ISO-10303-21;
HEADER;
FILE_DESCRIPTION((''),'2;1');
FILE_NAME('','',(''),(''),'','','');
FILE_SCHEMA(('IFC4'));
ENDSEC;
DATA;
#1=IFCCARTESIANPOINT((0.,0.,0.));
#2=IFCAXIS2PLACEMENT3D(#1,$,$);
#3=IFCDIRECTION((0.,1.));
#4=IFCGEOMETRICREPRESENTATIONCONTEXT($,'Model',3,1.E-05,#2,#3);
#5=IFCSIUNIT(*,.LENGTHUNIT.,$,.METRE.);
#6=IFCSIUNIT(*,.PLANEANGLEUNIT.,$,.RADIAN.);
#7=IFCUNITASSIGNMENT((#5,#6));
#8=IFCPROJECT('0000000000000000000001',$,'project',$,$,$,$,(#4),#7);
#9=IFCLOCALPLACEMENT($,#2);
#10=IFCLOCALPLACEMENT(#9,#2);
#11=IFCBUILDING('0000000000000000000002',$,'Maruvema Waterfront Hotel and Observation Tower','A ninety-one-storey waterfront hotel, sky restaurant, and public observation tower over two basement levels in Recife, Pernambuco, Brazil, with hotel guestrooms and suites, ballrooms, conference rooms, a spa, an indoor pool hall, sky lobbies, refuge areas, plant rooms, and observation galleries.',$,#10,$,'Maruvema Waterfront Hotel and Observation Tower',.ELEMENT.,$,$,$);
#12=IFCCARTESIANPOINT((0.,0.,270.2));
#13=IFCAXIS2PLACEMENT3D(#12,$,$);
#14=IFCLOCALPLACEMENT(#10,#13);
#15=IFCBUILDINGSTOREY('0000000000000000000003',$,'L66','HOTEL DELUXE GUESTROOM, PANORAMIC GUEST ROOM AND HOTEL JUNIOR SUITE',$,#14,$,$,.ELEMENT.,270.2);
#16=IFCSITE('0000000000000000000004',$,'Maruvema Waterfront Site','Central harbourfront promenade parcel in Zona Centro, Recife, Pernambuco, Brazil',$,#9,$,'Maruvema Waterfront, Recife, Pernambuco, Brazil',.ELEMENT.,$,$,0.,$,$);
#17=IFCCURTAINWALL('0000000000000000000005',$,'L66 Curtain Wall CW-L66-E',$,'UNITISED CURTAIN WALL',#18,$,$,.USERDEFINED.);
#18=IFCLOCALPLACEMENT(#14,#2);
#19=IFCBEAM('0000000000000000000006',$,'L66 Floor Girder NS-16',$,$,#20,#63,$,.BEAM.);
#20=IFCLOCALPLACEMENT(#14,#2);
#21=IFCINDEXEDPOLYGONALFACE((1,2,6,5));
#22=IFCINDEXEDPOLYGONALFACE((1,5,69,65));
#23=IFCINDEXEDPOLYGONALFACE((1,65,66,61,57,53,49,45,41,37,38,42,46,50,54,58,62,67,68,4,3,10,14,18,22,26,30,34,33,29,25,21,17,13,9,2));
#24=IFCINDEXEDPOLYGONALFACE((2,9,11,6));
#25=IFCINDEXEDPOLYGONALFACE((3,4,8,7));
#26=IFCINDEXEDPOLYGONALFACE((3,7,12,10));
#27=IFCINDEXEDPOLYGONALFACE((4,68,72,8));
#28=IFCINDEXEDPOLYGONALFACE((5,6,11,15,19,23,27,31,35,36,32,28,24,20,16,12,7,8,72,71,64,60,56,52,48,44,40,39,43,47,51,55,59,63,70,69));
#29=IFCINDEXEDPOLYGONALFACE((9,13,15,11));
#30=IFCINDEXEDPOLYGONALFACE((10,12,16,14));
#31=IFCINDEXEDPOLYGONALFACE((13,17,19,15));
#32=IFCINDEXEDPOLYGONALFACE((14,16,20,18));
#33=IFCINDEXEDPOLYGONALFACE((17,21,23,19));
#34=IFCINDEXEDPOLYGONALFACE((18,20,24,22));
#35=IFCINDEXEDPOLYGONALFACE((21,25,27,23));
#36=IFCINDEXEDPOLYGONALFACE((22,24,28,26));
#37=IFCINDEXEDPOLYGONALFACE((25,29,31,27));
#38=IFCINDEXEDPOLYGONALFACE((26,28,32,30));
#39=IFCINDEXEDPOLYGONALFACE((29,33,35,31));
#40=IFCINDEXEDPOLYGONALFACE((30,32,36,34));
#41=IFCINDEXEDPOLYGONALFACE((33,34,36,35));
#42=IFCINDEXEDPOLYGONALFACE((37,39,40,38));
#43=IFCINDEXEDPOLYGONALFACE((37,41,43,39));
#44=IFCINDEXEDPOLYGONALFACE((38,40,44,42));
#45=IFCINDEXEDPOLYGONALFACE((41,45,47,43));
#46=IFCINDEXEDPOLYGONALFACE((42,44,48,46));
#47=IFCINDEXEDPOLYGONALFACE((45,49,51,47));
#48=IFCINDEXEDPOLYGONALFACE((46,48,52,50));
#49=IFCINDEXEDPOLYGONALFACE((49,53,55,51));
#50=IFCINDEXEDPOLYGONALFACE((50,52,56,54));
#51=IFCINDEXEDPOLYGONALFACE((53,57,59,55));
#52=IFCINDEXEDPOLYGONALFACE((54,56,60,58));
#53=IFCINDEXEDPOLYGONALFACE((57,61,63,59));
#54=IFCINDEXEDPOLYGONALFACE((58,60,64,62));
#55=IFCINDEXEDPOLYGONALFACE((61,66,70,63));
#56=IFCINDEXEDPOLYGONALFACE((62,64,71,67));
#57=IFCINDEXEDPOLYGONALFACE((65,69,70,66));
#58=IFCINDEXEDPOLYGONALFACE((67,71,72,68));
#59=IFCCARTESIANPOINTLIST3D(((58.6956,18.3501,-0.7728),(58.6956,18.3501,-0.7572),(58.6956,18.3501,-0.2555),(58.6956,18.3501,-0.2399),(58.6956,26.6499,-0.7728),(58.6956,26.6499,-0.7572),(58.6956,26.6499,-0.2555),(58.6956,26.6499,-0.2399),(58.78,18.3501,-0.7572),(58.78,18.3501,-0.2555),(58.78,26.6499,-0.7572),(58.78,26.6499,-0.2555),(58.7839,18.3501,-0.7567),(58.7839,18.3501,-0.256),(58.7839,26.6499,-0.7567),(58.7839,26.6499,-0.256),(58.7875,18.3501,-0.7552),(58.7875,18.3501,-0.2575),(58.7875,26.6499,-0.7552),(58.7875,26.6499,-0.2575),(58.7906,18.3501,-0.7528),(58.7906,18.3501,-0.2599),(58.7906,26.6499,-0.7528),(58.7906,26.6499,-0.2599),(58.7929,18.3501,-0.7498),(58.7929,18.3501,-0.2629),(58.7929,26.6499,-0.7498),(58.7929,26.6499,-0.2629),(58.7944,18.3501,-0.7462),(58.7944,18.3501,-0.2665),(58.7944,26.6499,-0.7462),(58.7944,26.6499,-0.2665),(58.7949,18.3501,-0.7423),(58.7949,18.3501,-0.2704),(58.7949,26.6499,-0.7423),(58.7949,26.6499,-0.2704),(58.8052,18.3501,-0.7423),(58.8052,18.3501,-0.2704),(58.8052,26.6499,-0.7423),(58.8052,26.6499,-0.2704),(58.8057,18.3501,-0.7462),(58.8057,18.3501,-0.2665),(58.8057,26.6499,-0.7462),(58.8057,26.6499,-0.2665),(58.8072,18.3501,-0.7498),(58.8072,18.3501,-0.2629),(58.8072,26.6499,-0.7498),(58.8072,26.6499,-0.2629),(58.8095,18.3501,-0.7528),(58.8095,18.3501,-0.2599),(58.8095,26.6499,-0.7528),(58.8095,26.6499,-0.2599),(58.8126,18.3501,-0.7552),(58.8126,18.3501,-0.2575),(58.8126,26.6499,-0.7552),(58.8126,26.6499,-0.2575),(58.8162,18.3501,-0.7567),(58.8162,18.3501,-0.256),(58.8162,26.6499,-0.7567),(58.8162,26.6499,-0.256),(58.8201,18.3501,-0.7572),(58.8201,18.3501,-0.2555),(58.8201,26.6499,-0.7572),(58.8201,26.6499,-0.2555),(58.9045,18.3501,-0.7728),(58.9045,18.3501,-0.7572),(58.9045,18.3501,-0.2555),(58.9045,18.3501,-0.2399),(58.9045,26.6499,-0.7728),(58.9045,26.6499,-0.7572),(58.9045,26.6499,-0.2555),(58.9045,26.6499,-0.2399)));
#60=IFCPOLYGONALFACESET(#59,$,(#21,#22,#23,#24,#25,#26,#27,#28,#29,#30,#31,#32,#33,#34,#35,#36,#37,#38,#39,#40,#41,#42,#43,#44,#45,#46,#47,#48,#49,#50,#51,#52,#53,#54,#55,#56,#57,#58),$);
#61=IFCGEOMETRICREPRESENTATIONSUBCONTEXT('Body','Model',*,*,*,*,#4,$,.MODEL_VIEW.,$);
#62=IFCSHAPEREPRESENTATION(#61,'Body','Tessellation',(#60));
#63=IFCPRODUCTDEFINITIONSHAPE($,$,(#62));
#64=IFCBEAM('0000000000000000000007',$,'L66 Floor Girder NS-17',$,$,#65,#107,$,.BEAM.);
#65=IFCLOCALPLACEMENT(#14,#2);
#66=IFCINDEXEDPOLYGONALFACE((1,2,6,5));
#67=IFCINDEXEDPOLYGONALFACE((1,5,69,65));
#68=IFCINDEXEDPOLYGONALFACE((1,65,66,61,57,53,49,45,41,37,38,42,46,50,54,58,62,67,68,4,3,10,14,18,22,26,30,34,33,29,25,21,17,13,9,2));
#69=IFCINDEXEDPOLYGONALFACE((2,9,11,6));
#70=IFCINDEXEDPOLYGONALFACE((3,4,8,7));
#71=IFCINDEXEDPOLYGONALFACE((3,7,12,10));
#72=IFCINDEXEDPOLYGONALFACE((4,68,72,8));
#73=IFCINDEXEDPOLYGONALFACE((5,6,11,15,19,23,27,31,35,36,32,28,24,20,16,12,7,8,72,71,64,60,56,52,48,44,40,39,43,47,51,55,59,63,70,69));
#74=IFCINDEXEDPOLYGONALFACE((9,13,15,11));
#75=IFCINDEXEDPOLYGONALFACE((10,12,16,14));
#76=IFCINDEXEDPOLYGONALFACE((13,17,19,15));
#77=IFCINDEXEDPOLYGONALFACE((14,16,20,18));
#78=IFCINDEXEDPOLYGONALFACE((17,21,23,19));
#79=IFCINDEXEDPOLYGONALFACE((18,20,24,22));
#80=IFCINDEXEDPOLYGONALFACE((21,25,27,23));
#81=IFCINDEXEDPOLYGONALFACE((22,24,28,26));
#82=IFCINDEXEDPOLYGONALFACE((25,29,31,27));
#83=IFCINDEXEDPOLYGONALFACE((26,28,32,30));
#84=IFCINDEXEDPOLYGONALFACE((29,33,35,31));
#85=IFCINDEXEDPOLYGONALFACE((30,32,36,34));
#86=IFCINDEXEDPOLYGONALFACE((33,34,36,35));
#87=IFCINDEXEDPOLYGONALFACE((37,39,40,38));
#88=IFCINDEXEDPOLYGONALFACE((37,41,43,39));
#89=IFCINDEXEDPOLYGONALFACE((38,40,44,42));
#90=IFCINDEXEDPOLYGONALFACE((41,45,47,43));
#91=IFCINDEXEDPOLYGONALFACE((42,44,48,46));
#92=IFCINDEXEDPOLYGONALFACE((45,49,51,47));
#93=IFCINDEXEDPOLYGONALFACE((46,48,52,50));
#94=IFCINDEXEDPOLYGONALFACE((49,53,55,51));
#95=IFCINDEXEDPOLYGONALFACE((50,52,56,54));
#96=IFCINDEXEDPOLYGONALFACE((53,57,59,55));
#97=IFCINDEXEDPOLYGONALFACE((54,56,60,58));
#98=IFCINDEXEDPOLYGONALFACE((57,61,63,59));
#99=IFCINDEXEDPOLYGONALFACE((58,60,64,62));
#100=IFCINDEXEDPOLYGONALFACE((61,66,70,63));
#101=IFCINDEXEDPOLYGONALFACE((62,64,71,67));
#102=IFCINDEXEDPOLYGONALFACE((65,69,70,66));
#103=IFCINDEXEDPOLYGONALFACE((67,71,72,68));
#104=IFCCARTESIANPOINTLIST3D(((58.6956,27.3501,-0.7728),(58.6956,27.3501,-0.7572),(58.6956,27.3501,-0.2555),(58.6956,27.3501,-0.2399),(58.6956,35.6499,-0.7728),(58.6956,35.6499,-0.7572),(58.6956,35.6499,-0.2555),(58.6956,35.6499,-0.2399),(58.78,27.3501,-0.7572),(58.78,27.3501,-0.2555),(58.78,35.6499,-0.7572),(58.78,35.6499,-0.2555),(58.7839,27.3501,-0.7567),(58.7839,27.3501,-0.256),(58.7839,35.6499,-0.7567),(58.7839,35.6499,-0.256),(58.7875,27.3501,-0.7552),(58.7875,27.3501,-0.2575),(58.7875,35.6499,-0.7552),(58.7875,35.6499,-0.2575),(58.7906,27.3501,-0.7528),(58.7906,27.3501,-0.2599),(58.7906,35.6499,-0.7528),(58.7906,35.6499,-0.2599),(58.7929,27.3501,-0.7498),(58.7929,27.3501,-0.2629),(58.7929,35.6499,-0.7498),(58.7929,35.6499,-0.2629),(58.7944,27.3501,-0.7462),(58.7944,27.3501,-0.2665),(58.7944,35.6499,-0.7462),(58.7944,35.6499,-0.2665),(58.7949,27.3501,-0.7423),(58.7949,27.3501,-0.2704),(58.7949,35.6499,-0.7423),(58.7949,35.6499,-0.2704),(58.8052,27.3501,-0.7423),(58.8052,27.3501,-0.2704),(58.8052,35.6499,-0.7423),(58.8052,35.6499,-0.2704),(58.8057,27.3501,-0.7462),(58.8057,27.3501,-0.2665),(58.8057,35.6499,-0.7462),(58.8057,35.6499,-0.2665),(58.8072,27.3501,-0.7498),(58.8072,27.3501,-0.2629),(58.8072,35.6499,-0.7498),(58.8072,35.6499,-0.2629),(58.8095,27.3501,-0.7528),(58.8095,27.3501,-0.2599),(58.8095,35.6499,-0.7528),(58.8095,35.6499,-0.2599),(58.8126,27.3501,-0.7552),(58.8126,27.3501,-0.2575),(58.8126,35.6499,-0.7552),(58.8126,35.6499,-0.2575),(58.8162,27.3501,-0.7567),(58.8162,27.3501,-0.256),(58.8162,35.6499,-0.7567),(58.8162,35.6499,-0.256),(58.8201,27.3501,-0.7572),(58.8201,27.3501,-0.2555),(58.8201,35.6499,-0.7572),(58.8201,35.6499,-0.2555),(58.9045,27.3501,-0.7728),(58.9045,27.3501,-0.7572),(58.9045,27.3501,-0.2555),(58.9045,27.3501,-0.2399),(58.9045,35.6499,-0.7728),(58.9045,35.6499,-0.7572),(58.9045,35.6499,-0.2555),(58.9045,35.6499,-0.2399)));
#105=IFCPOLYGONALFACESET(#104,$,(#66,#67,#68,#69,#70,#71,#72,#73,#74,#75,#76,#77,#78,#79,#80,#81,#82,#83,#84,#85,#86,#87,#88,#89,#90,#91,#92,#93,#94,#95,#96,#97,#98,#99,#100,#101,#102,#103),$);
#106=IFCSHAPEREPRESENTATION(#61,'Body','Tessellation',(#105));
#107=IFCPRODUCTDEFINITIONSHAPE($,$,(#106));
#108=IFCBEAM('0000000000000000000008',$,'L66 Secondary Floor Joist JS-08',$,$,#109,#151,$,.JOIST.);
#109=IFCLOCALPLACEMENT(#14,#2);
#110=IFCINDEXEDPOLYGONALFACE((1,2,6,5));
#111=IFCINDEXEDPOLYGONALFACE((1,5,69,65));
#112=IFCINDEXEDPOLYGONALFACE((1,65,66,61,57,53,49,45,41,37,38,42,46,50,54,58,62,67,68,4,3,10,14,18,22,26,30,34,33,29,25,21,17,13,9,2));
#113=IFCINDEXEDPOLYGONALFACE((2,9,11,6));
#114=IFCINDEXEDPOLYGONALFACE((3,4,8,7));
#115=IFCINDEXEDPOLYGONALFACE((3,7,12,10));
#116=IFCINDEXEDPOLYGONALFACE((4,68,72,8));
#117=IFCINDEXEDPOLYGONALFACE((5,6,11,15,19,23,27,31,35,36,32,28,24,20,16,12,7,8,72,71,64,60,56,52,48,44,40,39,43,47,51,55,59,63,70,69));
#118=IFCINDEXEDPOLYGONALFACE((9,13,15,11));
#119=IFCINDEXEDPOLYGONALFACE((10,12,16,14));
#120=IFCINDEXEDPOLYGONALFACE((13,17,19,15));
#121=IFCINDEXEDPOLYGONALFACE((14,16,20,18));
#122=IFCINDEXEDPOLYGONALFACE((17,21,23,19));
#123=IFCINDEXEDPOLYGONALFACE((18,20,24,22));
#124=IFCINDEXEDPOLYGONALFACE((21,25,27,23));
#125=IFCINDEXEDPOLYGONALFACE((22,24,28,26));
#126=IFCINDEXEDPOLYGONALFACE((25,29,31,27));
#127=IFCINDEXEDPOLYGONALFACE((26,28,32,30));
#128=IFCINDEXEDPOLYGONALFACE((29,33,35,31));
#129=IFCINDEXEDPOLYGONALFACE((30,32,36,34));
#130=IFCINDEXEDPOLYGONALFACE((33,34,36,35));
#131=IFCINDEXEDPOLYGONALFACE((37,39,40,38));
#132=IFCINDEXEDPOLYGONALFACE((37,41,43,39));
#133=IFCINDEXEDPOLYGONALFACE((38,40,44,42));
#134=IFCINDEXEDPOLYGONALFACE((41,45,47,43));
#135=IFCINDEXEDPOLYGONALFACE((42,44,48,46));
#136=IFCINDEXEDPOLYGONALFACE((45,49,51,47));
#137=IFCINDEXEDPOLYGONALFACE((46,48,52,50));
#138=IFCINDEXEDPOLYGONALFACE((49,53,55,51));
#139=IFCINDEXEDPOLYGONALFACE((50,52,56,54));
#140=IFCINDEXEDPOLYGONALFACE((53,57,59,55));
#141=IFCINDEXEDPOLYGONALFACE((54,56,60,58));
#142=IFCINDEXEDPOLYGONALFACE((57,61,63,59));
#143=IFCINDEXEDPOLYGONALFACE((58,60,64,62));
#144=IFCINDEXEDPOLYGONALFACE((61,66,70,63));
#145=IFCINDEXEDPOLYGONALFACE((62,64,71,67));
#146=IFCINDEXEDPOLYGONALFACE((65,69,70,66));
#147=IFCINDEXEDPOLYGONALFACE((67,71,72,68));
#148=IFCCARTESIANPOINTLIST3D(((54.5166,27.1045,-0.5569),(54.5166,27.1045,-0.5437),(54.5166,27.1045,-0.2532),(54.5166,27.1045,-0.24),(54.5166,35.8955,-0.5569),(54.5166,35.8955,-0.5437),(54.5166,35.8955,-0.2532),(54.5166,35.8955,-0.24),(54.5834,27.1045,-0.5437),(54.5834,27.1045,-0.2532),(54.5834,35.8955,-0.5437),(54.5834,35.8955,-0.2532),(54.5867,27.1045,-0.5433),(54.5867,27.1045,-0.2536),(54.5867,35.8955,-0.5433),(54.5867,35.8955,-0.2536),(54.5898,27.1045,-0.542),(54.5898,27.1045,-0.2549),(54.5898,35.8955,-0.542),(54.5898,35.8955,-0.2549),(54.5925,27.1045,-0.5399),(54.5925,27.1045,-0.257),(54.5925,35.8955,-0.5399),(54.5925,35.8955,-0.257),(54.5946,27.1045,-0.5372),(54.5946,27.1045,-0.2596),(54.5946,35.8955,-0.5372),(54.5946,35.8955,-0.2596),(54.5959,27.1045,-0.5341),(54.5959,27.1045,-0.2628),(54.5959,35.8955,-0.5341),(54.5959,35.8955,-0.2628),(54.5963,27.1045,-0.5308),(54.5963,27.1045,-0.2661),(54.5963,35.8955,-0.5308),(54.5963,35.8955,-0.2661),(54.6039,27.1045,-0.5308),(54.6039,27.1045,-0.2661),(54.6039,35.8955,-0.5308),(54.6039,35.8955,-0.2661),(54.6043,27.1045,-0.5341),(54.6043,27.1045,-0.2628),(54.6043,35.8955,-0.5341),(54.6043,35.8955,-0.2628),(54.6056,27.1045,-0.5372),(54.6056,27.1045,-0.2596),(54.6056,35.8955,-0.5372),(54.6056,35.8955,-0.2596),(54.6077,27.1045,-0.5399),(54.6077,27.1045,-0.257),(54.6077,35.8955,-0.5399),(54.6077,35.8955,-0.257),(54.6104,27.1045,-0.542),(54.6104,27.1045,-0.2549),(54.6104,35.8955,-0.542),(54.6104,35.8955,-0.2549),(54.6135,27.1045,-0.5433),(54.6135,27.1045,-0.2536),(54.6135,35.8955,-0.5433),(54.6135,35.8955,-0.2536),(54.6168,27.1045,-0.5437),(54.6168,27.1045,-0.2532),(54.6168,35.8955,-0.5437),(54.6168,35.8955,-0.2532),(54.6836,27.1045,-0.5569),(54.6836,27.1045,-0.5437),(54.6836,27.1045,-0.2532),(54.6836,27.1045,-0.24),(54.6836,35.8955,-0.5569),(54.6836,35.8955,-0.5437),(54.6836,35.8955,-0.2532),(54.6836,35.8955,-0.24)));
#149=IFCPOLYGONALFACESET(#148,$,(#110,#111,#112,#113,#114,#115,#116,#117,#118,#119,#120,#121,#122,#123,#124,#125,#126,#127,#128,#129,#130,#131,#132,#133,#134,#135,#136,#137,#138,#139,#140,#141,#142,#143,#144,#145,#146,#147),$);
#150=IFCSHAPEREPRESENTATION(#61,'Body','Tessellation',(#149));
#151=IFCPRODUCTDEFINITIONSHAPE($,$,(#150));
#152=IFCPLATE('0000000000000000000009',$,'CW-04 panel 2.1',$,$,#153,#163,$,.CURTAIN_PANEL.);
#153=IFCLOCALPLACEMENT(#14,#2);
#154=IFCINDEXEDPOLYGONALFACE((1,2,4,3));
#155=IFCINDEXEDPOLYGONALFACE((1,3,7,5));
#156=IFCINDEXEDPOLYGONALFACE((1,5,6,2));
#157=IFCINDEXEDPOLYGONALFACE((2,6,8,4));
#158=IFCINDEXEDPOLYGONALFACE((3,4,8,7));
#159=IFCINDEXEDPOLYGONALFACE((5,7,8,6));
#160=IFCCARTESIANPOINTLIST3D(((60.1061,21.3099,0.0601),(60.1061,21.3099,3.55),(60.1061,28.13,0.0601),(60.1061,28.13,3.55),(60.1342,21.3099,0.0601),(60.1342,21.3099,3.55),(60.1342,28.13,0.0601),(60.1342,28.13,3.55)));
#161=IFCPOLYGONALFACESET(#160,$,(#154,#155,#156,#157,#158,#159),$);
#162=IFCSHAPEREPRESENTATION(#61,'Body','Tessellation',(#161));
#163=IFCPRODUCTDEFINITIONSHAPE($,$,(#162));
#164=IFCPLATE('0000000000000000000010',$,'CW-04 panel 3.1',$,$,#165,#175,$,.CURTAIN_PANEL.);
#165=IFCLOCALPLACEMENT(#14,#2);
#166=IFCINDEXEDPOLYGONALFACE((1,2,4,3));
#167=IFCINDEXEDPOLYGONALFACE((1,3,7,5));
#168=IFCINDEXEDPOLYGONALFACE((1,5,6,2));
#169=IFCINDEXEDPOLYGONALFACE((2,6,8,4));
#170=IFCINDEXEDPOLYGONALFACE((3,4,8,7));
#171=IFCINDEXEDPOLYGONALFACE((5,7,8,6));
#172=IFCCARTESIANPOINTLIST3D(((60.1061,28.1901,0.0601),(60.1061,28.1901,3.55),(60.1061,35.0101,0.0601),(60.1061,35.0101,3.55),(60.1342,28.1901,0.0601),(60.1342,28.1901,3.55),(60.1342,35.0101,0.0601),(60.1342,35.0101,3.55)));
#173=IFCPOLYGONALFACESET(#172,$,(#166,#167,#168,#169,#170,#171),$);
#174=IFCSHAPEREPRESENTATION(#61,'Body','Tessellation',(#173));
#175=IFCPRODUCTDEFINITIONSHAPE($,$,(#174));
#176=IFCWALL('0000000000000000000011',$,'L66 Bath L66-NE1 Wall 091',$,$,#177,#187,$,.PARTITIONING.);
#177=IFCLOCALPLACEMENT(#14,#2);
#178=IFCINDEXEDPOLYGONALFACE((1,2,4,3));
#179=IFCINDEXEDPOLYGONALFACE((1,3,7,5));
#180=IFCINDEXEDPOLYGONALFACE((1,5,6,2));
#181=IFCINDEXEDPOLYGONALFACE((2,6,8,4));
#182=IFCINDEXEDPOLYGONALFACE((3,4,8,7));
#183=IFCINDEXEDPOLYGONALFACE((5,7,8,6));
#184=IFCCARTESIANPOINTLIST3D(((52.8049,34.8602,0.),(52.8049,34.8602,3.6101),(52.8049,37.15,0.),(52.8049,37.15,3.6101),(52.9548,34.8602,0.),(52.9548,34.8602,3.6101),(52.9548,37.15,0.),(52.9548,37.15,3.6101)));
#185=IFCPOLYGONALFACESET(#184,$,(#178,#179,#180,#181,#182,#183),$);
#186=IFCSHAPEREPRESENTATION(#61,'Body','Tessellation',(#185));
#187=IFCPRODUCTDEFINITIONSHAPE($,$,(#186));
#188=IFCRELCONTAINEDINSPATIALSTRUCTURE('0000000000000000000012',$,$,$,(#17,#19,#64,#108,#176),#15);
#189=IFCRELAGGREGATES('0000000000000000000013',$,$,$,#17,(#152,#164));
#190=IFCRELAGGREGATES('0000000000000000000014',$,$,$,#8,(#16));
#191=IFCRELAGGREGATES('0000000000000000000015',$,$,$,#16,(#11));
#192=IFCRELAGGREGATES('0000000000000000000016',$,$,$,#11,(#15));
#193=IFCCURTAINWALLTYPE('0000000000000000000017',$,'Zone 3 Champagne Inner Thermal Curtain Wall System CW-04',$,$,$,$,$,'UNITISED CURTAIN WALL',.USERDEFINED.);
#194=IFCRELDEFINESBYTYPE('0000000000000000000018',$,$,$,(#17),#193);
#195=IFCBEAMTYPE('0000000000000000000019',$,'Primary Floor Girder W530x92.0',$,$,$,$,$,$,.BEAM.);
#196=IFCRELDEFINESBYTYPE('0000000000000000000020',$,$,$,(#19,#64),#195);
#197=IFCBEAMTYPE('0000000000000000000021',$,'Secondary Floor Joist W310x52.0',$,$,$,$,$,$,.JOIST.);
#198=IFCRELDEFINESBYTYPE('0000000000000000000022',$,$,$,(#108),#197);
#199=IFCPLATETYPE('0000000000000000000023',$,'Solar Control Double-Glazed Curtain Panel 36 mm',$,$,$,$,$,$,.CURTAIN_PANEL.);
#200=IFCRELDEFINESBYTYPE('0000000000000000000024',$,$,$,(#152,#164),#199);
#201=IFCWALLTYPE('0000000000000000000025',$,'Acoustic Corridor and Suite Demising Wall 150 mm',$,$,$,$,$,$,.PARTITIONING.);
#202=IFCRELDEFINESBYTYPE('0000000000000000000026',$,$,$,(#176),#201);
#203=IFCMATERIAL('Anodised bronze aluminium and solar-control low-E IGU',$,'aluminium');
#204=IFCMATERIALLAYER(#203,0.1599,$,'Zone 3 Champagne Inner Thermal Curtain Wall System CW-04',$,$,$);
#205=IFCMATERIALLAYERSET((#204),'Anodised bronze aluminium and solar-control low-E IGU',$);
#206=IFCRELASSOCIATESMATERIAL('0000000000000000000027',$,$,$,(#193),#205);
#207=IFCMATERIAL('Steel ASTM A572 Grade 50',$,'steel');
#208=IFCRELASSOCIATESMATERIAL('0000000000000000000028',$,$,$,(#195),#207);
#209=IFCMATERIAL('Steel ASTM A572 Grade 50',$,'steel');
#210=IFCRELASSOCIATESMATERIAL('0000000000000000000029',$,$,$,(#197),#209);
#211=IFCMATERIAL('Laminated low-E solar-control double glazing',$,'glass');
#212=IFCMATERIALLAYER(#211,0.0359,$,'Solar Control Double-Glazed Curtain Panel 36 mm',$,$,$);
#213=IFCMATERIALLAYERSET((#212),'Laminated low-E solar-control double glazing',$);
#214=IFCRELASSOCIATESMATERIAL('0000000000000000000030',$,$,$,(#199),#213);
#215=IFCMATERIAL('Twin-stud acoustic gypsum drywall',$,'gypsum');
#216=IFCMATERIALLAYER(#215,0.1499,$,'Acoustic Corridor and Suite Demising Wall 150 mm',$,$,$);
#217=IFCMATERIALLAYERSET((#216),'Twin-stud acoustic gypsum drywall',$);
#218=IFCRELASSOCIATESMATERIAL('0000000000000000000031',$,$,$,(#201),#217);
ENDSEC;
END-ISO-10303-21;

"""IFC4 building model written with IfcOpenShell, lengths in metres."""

from ifc_helpers import new_model, si_unit, direction, frame, frame_2d, origin, origin_2d, place, context, subcontext, project, spatial, rectangle, i_section, extrude, material, layer, layer_set, material_profile, profile_set, type_object, element, aggregate, save


model = new_model("IFC4")

# Units and contexts
model_context = context("Model", 3, precision=1e-05, world=origin(), true_north=direction((0.0, 1.0)))
body_context = subcontext(model_context, "Body", "Model", "MODEL_VIEW")
ifc_project = project(units=[si_unit("LENGTHUNIT", "METRE"), si_unit("PLANEANGLEUNIT", "RADIAN")], contexts=[model_context])

# Site, building, storey
site_placement = place(None, origin())
site = spatial("IfcSite", under=ifc_project, at=site_placement, Name="Maruvema Waterfront Site", Description="Central harbourfront promenade parcel in Zona Centro, Recife, Pernambuco, Brazil", LongName="Maruvema Waterfront, Recife, Pernambuco, Brazil", CompositionType="ELEMENT", RefElevation=0.0)
building_placement = place(site_placement, origin())
building = spatial("IfcBuilding", under=site, at=building_placement, Name="Maruvema Waterfront Hotel and Observation Tower", Description="A ninety-one-storey waterfront hotel, sky restaurant, and public observation tower over two basement levels in Recife, Pernambuco, Brazil, with hotel guestrooms and suites, ballrooms, conference rooms, a spa, an indoor pool hall, sky lobbies, refuge areas, plant rooms, and observation galleries.", LongName="Maruvema Waterfront Hotel and Observation Tower", CompositionType="ELEMENT")
storey_placement = place(building_placement, frame((0.0, 0.0, 270.2)))
storey = spatial("IfcBuildingStorey", under=building, at=storey_placement, Name="L66", Description="HOTEL DELUXE GUESTROOM, PANORAMIC GUEST ROOM AND HOTEL JUNIOR SUITE", CompositionType="ELEMENT", Elevation=270.2)

# Curtain wall
ifc_material_1 = material(Name="Anodised bronze aluminium and solar-control low-E IGU", Category="aluminium")
ifc_layer_1 = layer(ifc_material_1, 0.1599, Name="Zone 3 Champagne Inner Thermal Curtain Wall System CW-04")
ifc_layer_set_1 = layer_set([ifc_layer_1], Name="Anodised bronze aluminium and solar-control low-E IGU")
curtain_wall_type = type_object("IfcCurtainWallType", Name="Zone 3 Champagne Inner Thermal Curtain Wall System CW-04", ElementType="UNITISED CURTAIN WALL", PredefinedType="USERDEFINED", material=ifc_layer_set_1)
curtain_wall_placement = place(storey_placement, origin())
curtain_wall = element("IfcCurtainWall", 1, at=curtain_wall_placement, inside=storey, type_object=curtain_wall_type, Name="L66 Curtain Wall CW-L66-E", ObjectType="UNITISED CURTAIN WALL", PredefinedType="USERDEFINED")

# Beams
ifc_material_2 = material(Name="Steel ASTM A572 Grade 50", Category="steel")
ifc_material_profile_1 = material_profile(ifc_material_2, i_section(OverallWidth=0.209, OverallDepth=0.533, WebThickness=0.0103, FlangeThickness=0.0156, FilletRadius=0.0149, at=origin_2d()), Name="W530x92.0")
ifc_profile_set_1 = profile_set([ifc_material_profile_1], Name="Steel ASTM A572 Grade 50")
beam_type_1 = type_object("IfcBeamType", Name="Primary Floor Girder W530x92.0", PredefinedType="BEAM", material=ifc_profile_set_1)
for number, where, z_axis, x_axis, name in (
    (2, (58.8, 18.3501, -0.5063), (0.0, 1.0, 0.0), (-1.0, 0.0, 0.0), "L66 Floor Girder NS-16"),
    (3, (58.8, 27.3501, -0.5063), (0.0, 1.0, 0.0), (-1.0, 0.0, 0.0), "L66 Floor Girder NS-17"),
):
    element("IfcBeam", number, at=place(storey_placement, frame(where, z_axis=z_axis, x_axis=x_axis)), inside=storey, type_object=beam_type_1, Name=name, PredefinedType="BEAM", context=body_context, shape_type="SweptSolid", body=[
        extrude(i_section(OverallWidth=0.209, OverallDepth=0.533, WebThickness=0.0103, FlangeThickness=0.0156, FilletRadius=0.0149, at=origin_2d()), origin(), (0.0, 0.0, 1.0), 8.2998),
    ])
ifc_material_3 = material(Name="Steel ASTM A572 Grade 50", Category="steel")
ifc_material_profile_2 = material_profile(ifc_material_3, i_section(OverallWidth=0.167, OverallDepth=0.3169, WebThickness=0.0076, FlangeThickness=0.0132, FilletRadius=0.0129, at=origin_2d()), Name="W310x52.0")
ifc_profile_set_2 = profile_set([ifc_material_profile_2], Name="Steel ASTM A572 Grade 50")
beam_type_2 = type_object("IfcBeamType", Name="Secondary Floor Joist W310x52.0", PredefinedType="JOIST", material=ifc_profile_set_2)
beam_1_placement = place(storey_placement, frame((54.6001, 27.1045, -0.3984), z_axis=(0.0, 1.0, 0.0), x_axis=(-1.0, 0.0, 0.0)))
element("IfcBeam", 4, at=beam_1_placement, inside=storey, type_object=beam_type_2, Name="L66 Secondary Floor Joist JS-08", PredefinedType="JOIST", context=body_context, shape_type="SweptSolid", body=[
    extrude(i_section(OverallWidth=0.167, OverallDepth=0.3169, WebThickness=0.0076, FlangeThickness=0.0132, FilletRadius=0.0129, at=origin_2d()), origin(), (0.0, 0.0, 1.0), 8.791),
])

# Plates
ifc_material_4 = material(Name="Laminated low-E solar-control double glazing", Category="glass")
ifc_layer_2 = layer(ifc_material_4, 0.0359, Name="Solar Control Double-Glazed Curtain Panel 36 mm")
ifc_layer_set_2 = layer_set([ifc_layer_2], Name="Laminated low-E solar-control double glazing")
plate_type = type_object("IfcPlateType", Name="Solar Control Double-Glazed Curtain Panel 36 mm", PredefinedType="CURTAIN_PANEL", material=ifc_layer_set_2)
plate_1_placement = place(storey_placement, frame((60.1201, 24.72, 0.0601), z_axis=(0.0, 0.0, 1.0), x_axis=(0.0, 1.0, 0.0)))
plate_1 = element("IfcPlate", 5, at=plate_1_placement, type_object=plate_type, Name="CW-04 panel 2.1", PredefinedType="CURTAIN_PANEL", context=body_context, shape_type="SweptSolid", body=[
    extrude(rectangle(XDim=6.8201, YDim=0.0281, at=origin_2d()), origin(), (0.0, 0.0, 1.0), 3.49),
])
plate_2_placement = place(storey_placement, frame((60.1201, 31.6001, 0.0601), z_axis=(0.0, 0.0, 1.0), x_axis=(0.0, 1.0, 0.0)))
plate_2 = element("IfcPlate", 6, at=plate_2_placement, type_object=plate_type, Name="CW-04 panel 3.1", PredefinedType="CURTAIN_PANEL", context=body_context, shape_type="SweptSolid", body=[
    extrude(rectangle(XDim=6.8201, YDim=0.0281, at=origin_2d()), origin(), (0.0, 0.0, 1.0), 3.49),
])
aggregate(curtain_wall, [plate_1, plate_2])

# Wall
ifc_material_5 = material(Name="Twin-stud acoustic gypsum drywall", Category="gypsum")
ifc_layer_3 = layer(ifc_material_5, 0.1499, Name="Acoustic Corridor and Suite Demising Wall 150 mm")
ifc_layer_set_3 = layer_set([ifc_layer_3], Name="Twin-stud acoustic gypsum drywall")
wall_type_1 = type_object("IfcWallType", Name="Acoustic Corridor and Suite Demising Wall 150 mm", PredefinedType="PARTITIONING", material=ifc_layer_set_3)
wall_1_placement = place(storey_placement, frame((52.8799, 34.8601, 0.0), z_axis=(0.0, 0.0, 1.0), x_axis=(0.0, 1.0, 0.0)))
element("IfcWall", 7, at=wall_1_placement, inside=storey, type_object=wall_type_1, Name="L66 Bath L66-NE1 Wall 091", PredefinedType="PARTITIONING", context=body_context, shape_type="SweptSolid", body=[
    extrude(rectangle(XDim=2.2898, YDim=0.1499, at=frame_2d((1.145, 0.0))), origin(), (0.0, 0.0, 1.0), 3.6101),
])

save(model, "model.ifc")
